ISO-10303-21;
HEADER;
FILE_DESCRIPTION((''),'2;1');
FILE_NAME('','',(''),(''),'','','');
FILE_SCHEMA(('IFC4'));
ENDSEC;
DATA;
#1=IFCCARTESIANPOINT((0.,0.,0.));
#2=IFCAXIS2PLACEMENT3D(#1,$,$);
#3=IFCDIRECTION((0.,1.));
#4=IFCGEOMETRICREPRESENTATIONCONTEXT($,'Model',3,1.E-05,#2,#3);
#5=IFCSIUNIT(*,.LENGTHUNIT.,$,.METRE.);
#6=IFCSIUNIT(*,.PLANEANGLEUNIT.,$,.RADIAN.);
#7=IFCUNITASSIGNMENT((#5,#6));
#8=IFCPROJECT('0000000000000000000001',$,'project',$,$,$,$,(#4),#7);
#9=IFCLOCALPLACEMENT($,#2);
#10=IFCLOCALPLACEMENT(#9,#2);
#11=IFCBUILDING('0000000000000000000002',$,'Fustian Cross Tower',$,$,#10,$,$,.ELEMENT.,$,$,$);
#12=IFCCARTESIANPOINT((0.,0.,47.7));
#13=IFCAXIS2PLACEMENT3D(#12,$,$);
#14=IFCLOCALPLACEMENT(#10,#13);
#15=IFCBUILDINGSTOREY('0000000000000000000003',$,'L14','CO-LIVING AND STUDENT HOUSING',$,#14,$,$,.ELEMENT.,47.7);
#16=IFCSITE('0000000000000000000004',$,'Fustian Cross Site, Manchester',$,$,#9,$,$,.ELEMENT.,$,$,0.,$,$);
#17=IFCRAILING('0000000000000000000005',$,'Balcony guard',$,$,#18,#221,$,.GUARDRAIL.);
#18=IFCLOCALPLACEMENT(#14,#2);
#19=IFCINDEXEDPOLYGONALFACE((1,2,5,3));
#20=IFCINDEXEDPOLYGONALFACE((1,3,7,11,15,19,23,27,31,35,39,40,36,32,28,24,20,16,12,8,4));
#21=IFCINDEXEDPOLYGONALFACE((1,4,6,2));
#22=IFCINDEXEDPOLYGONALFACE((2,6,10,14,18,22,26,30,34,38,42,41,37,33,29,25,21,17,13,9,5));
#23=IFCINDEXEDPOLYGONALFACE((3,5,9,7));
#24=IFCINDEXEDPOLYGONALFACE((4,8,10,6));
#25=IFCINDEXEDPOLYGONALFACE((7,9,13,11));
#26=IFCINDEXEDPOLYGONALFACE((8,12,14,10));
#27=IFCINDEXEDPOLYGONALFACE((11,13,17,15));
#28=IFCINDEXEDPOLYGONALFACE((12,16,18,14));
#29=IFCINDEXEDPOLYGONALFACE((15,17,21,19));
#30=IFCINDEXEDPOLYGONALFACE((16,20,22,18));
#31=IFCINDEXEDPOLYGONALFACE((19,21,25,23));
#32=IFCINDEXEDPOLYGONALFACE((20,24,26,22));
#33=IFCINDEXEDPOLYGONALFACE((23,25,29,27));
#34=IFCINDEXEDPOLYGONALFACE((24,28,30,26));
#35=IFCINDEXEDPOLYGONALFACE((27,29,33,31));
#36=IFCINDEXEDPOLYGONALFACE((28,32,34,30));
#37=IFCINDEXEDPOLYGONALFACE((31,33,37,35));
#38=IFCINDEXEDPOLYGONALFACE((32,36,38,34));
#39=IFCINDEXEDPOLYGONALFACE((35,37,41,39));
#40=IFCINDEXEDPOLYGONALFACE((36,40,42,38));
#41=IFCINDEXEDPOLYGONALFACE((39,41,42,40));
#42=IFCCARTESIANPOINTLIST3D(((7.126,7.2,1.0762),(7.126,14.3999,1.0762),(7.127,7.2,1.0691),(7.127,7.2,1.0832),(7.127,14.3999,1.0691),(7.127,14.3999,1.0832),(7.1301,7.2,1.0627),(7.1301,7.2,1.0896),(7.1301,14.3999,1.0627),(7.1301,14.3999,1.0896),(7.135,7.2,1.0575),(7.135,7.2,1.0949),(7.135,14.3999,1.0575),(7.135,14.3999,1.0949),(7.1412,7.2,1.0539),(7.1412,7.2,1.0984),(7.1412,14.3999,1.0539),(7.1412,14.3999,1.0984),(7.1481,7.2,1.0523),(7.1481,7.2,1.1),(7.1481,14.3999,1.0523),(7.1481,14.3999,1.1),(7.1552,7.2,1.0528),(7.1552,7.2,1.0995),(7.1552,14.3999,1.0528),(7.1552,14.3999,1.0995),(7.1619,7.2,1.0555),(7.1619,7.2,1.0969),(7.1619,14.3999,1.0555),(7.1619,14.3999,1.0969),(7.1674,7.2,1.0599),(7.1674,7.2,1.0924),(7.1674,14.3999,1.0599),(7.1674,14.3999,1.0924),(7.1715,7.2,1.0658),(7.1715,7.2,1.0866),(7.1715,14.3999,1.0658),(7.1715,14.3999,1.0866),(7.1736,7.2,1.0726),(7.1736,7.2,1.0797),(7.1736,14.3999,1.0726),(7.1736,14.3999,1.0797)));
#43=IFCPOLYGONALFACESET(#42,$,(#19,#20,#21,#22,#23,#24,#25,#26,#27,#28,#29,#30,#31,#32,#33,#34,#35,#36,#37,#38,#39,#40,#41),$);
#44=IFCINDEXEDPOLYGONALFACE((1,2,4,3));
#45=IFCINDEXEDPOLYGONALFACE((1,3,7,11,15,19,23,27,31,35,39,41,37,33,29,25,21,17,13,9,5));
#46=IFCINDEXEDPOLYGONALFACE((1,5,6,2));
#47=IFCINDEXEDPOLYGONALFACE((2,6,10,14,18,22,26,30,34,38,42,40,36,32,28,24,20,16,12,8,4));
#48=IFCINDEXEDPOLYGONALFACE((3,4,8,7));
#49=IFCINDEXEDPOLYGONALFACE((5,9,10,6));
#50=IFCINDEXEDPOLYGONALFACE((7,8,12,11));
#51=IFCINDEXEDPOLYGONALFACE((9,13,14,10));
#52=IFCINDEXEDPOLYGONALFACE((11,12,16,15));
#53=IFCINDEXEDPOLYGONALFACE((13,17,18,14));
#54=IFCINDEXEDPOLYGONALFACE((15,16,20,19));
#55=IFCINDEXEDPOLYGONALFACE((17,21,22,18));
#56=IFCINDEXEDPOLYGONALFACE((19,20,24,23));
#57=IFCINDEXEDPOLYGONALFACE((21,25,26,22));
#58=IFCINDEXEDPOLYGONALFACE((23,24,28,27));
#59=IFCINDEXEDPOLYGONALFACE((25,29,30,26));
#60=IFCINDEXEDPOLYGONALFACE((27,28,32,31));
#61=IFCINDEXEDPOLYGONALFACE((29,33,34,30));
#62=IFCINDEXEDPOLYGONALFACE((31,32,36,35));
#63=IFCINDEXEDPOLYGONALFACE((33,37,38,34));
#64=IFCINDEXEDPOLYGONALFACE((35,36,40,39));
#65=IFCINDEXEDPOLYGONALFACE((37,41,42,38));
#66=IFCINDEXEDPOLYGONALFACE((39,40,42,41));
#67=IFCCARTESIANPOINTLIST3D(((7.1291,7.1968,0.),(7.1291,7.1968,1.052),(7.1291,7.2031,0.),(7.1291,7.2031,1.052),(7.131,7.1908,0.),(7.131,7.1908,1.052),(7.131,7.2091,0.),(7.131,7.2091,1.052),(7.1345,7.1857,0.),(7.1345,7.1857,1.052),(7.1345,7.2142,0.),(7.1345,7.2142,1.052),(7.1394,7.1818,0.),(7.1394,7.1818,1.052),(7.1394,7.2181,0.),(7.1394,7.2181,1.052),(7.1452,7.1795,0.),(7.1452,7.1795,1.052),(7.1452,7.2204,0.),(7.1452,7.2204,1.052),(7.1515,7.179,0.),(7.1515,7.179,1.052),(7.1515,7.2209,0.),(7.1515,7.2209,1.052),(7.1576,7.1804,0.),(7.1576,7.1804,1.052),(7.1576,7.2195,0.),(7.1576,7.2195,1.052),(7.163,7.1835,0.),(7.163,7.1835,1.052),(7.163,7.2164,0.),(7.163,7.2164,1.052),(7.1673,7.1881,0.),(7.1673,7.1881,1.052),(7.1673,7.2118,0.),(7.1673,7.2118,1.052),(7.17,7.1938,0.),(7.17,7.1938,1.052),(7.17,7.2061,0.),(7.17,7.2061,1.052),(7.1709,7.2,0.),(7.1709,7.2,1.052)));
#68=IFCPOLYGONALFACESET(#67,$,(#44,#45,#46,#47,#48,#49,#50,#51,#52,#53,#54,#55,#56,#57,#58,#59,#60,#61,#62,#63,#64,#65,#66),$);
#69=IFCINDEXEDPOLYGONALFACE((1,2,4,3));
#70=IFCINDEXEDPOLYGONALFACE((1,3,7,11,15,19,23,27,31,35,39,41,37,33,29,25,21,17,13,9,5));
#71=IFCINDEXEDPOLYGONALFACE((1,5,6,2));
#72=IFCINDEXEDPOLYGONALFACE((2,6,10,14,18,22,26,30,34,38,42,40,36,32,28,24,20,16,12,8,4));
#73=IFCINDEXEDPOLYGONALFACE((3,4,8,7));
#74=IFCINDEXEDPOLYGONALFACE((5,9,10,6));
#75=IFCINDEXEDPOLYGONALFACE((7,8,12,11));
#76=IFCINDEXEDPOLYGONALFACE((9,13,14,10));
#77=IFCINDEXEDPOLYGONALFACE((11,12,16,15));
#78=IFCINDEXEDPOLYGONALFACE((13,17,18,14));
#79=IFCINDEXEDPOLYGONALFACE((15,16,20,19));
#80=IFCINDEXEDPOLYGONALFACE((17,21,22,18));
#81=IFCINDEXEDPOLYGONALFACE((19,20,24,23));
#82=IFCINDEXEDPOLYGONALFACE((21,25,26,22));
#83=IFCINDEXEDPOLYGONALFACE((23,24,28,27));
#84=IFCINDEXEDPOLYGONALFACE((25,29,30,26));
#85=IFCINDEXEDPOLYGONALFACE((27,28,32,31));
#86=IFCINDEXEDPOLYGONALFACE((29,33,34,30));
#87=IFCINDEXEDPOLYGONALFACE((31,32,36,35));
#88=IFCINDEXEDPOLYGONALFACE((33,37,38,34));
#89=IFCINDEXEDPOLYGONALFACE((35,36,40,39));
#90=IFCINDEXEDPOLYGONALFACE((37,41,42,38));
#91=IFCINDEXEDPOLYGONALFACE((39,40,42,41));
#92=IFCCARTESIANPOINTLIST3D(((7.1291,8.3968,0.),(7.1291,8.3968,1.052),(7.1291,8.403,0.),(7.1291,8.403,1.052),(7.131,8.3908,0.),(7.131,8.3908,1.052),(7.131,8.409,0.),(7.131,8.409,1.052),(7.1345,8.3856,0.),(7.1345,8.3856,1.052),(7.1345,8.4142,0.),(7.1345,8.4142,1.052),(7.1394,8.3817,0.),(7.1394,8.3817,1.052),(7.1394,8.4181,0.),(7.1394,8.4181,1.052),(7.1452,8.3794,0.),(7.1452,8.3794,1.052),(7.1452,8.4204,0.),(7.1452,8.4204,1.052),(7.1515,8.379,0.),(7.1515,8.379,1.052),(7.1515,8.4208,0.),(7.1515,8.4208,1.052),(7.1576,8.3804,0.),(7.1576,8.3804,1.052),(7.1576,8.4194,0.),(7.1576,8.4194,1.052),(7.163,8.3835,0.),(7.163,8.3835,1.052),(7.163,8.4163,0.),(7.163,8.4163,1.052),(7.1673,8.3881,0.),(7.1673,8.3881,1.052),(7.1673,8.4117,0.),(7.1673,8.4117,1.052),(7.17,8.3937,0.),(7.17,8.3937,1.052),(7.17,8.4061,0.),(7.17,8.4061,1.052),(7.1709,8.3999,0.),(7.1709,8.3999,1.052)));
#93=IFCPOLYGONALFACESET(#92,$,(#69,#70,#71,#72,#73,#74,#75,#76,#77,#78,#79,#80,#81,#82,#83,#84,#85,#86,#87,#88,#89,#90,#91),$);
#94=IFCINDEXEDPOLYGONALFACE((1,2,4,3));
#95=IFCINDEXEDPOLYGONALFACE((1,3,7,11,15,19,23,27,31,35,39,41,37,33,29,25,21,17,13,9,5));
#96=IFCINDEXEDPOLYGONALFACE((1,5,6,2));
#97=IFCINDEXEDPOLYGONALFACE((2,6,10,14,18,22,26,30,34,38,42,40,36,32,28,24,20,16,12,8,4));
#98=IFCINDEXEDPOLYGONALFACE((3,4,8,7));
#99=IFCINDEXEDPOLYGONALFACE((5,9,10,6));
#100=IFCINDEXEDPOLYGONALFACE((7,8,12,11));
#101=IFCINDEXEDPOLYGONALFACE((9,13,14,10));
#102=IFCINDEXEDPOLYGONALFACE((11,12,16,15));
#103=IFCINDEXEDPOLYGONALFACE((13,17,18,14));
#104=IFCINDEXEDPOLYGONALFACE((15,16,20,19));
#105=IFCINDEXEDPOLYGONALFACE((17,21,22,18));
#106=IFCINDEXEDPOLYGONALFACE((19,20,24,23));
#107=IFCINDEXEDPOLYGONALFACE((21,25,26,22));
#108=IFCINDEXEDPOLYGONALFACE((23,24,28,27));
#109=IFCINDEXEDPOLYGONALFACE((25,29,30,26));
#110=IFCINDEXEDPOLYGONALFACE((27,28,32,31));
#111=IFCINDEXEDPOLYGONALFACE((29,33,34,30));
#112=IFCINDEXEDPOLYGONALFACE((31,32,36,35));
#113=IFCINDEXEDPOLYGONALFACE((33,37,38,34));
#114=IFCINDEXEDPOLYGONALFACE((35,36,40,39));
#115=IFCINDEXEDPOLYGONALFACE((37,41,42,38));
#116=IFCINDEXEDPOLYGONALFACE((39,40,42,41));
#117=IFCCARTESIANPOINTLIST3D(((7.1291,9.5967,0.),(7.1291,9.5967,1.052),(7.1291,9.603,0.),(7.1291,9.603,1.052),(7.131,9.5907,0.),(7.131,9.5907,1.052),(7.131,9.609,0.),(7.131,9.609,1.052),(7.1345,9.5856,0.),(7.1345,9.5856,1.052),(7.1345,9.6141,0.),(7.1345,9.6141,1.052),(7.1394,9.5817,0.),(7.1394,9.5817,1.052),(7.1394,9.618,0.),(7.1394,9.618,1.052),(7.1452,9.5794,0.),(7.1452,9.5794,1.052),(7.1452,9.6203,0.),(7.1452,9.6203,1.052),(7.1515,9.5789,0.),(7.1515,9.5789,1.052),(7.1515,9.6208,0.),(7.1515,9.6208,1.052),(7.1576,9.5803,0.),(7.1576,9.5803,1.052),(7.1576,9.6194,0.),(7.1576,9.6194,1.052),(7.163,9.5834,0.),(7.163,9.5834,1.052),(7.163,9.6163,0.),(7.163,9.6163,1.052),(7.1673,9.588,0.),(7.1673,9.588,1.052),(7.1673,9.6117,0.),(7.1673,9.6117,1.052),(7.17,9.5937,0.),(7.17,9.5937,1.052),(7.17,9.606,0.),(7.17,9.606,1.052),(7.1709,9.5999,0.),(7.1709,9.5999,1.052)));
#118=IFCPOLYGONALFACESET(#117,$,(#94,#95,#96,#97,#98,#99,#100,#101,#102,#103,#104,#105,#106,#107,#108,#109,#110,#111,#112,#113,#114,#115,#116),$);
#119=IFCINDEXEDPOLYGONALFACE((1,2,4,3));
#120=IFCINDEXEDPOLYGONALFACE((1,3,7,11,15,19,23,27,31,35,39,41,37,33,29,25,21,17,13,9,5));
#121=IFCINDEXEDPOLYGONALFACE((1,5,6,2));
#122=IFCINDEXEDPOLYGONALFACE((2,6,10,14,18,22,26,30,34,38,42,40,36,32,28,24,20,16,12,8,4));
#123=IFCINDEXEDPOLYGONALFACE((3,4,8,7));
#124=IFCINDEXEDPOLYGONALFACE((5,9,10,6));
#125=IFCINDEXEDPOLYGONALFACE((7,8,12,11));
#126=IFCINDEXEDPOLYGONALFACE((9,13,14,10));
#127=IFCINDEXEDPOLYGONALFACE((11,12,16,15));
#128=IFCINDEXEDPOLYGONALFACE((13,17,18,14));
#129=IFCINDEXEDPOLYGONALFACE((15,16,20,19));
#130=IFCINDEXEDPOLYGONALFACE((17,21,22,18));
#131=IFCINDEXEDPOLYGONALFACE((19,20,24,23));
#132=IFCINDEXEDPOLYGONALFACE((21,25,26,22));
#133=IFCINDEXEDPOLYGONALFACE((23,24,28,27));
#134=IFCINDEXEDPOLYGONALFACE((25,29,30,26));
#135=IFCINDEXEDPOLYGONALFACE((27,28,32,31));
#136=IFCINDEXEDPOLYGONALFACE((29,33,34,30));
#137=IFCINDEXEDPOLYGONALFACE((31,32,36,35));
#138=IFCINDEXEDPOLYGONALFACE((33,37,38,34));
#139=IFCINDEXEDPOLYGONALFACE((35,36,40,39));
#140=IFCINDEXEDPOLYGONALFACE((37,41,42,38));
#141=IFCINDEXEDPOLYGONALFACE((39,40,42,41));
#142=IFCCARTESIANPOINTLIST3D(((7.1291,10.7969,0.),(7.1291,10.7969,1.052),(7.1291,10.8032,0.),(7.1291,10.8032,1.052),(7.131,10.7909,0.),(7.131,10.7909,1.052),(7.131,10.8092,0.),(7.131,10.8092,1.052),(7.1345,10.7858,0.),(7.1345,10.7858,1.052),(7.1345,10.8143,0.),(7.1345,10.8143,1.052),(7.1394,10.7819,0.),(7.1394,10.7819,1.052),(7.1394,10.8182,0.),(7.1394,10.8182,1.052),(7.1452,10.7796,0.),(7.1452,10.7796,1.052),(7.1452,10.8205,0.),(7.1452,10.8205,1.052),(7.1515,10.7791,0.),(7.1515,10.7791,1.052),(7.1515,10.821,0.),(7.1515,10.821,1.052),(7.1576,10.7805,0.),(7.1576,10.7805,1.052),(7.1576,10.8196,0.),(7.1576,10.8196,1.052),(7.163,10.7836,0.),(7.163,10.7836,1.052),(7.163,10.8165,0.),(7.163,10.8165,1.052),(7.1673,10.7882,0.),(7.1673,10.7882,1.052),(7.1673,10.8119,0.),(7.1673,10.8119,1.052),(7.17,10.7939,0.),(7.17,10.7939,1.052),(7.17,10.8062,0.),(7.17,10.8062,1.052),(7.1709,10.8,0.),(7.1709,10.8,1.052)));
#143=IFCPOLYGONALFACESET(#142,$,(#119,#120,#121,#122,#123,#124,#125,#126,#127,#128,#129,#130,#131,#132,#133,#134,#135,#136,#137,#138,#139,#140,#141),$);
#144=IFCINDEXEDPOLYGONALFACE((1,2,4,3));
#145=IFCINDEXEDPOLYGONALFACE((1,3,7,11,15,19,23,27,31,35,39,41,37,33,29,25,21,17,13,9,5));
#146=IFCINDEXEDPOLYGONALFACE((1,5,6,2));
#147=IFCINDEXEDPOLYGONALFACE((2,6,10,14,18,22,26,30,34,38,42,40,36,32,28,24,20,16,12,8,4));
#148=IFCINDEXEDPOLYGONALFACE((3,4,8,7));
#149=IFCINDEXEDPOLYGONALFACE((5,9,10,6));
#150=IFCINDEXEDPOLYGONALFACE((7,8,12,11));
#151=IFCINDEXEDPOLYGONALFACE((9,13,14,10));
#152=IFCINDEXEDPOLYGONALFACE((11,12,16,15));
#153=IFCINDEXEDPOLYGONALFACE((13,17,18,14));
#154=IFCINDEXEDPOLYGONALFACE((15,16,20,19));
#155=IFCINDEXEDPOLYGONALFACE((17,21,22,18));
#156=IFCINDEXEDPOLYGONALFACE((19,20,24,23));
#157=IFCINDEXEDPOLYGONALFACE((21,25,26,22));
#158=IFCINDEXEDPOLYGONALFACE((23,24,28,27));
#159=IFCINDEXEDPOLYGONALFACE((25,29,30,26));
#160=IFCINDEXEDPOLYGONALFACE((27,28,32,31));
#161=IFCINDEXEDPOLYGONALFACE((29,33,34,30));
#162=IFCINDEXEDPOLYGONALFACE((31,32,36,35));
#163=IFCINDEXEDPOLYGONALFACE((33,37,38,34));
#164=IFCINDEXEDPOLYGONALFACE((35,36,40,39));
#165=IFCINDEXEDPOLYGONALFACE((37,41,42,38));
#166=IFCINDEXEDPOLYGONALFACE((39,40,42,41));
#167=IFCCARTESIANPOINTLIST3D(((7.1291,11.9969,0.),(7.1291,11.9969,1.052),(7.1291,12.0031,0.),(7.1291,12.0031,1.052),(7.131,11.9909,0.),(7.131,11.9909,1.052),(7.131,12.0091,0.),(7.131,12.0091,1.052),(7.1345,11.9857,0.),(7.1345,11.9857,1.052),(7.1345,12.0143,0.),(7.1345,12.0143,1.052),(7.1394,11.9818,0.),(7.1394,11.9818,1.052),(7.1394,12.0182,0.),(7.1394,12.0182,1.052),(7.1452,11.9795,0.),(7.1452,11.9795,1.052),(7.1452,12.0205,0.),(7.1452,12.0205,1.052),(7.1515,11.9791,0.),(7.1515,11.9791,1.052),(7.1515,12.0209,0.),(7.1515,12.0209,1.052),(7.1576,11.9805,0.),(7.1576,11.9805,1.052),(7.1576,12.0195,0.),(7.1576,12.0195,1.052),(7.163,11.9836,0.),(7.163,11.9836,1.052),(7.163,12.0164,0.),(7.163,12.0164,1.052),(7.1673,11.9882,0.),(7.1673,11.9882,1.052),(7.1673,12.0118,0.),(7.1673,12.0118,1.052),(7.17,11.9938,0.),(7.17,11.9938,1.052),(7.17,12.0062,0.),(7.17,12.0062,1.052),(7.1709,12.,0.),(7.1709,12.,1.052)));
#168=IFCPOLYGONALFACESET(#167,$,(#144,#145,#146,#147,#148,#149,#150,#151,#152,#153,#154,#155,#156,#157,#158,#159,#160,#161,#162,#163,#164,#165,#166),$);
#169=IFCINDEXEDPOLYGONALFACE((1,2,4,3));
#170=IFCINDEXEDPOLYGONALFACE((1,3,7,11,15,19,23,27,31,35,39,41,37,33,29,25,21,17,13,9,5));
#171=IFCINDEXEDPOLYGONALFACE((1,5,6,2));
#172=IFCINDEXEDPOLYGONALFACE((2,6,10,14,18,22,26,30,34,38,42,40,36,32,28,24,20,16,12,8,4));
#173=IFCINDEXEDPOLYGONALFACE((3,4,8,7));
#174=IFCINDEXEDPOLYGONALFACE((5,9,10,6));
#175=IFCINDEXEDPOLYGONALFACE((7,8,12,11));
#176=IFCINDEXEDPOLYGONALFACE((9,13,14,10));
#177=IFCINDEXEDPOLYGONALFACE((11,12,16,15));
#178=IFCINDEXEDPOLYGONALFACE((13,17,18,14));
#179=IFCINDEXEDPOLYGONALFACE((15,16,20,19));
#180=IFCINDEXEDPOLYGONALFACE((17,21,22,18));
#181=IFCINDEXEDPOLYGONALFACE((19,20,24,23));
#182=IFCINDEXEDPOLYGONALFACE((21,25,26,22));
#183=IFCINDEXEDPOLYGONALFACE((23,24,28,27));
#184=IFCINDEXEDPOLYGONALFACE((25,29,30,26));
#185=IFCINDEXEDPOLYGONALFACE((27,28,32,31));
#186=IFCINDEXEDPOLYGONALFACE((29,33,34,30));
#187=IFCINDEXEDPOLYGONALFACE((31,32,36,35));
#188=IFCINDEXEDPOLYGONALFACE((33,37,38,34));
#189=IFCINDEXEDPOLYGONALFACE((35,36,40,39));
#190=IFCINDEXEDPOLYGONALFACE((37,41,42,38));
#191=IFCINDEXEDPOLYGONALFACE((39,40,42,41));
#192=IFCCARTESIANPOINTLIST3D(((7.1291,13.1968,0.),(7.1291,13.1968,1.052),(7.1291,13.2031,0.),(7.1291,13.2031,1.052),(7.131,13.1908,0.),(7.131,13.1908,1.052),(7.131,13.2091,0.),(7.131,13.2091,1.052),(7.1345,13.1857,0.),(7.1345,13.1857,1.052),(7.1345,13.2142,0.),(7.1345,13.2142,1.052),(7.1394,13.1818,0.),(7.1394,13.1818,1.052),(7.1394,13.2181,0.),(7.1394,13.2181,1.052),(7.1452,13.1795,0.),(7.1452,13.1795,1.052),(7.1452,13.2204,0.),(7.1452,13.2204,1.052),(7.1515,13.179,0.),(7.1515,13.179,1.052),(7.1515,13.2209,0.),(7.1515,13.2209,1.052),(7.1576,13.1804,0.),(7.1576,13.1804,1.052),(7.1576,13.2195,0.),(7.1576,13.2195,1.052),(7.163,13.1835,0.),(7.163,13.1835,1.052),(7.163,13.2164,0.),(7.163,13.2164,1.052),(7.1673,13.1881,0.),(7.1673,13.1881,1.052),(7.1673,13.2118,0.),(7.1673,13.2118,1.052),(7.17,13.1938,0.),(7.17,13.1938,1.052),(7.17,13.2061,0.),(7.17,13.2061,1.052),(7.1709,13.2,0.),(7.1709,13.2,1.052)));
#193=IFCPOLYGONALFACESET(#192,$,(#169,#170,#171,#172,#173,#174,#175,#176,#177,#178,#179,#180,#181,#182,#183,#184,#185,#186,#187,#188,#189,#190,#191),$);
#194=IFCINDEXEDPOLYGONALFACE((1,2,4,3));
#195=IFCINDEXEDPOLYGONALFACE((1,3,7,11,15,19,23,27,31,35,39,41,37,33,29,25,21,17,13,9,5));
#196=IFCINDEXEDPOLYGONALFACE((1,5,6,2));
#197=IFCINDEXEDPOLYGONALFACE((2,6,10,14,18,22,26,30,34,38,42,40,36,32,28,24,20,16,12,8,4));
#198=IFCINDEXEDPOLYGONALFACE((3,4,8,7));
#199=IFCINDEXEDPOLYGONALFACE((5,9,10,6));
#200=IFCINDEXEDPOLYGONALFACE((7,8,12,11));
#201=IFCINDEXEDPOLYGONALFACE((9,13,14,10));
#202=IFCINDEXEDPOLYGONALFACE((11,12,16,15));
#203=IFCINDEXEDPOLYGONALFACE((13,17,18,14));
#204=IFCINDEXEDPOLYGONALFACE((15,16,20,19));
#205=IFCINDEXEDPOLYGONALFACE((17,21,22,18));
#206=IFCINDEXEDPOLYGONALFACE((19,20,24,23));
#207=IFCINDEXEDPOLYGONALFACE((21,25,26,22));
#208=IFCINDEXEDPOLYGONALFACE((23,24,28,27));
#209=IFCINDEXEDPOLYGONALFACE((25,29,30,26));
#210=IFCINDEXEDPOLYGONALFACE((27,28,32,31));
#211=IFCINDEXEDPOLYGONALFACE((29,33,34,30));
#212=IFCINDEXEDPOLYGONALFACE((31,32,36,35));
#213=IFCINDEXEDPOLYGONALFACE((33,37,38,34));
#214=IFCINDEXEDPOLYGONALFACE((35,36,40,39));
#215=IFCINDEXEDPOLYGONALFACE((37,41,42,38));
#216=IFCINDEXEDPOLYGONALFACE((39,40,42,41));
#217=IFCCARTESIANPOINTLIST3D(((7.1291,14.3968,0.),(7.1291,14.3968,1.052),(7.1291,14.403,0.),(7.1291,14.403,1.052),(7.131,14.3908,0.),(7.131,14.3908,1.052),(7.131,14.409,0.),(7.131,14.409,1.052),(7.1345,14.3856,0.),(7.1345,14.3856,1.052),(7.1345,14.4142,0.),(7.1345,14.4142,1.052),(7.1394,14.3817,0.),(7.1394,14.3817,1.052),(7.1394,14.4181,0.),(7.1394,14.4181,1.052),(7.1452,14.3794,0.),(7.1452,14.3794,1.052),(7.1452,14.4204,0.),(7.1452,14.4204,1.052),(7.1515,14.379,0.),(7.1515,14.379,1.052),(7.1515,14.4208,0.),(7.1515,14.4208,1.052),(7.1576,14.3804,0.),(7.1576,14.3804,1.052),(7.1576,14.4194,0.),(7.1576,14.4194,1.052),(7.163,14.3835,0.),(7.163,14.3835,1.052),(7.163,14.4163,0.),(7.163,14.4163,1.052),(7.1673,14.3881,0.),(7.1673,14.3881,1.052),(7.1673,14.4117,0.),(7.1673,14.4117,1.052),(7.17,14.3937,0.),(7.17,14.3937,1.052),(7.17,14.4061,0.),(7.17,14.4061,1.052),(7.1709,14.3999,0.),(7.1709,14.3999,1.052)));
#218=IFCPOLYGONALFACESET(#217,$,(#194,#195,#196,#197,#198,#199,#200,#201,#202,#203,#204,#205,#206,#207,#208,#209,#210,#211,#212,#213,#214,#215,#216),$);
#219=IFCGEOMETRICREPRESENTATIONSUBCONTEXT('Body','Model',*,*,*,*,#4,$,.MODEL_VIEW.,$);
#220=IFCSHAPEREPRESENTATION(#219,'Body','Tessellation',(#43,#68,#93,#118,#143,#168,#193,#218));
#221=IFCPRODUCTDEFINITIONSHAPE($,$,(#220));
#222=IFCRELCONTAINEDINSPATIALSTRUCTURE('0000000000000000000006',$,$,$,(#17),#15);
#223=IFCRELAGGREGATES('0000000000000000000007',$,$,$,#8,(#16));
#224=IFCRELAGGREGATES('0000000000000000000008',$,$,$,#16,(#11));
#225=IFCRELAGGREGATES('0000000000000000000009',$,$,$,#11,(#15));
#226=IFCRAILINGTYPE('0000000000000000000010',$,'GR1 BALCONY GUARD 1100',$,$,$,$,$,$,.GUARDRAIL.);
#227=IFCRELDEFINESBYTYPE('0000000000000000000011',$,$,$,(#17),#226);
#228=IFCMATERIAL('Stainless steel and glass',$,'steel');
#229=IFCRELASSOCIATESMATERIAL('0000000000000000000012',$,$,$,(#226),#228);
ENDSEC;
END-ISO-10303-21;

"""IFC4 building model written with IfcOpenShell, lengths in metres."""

from ifc_helpers import new_model, si_unit, direction, frame, origin, origin_2d, place, context, subcontext, project, spatial, circle, extrude, material, type_object, element, save


model = new_model("IFC4")

# Units and contexts
model_context = context("Model", 3, precision=1e-05, world=origin(), true_north=direction((0.0, 1.0)))
body_context = subcontext(model_context, "Body", "Model", "MODEL_VIEW")
ifc_project = project(units=[si_unit("LENGTHUNIT", "METRE"), si_unit("PLANEANGLEUNIT", "RADIAN")], contexts=[model_context])

# Site, building, storey
site_placement = place(None, origin())
site = spatial("IfcSite", under=ifc_project, at=site_placement, Name="Fustian Cross Site, Manchester", CompositionType="ELEMENT", RefElevation=0.0)
building_placement = place(site_placement, origin())
building = spatial("IfcBuilding", under=site, at=building_placement, Name="Fustian Cross Tower", CompositionType="ELEMENT")
storey_placement = place(building_placement, frame((0.0, 0.0, 47.7)))
storey = spatial("IfcBuildingStorey", under=building, at=storey_placement, Name="L14", Description="CO-LIVING AND STUDENT HOUSING", CompositionType="ELEMENT", Elevation=47.7)

# Railing
ifc_material_1 = material(Name="Stainless steel and glass", Category="steel")
railing_type = type_object("IfcRailingType", Name="GR1 BALCONY GUARD 1100", PredefinedType="GUARDRAIL", material=ifc_material_1)
railing_placement = place(storey_placement, frame((7.1499, 7.2, 0.0)))
element("IfcRailing", 1, at=railing_placement, inside=storey, type_object=railing_type, Name="Balcony guard", PredefinedType="GUARDRAIL", context=body_context, shape_type="SweptSolid", body=[
    extrude(circle(Radius=0.0239, at=origin_2d()), frame((0.0, 0.0, 1.0762), z_axis=(0.0, 1.0, 0.0), x_axis=(-1.0, 0.0, 0.0)), (0.0, 0.0, 1.0), 7.2),
    extrude(circle(Radius=0.021, at=origin_2d()), origin(), (0.0, 0.0, 1.0), 1.052),
    extrude(circle(Radius=0.021, at=origin_2d()), frame((0.0, 1.2, 0.0)), (0.0, 0.0, 1.0), 1.052),
    extrude(circle(Radius=0.021, at=origin_2d()), frame((0.0, 2.3999, 0.0)), (0.0, 0.0, 1.0), 1.052),
    extrude(circle(Radius=0.021, at=origin_2d()), frame((0.0, 3.6001, 0.0)), (0.0, 0.0, 1.0), 1.052),
    extrude(circle(Radius=0.021, at=origin_2d()), frame((0.0, 4.8, 0.0)), (0.0, 0.0, 1.0), 1.052),
    extrude(circle(Radius=0.021, at=origin_2d()), frame((0.0, 6.0, 0.0)), (0.0, 0.0, 1.0), 1.052),
    extrude(circle(Radius=0.021, at=origin_2d()), frame((0.0, 7.2, 0.0)), (0.0, 0.0, 1.0), 1.052),
])

save(model, "model.ifc")
